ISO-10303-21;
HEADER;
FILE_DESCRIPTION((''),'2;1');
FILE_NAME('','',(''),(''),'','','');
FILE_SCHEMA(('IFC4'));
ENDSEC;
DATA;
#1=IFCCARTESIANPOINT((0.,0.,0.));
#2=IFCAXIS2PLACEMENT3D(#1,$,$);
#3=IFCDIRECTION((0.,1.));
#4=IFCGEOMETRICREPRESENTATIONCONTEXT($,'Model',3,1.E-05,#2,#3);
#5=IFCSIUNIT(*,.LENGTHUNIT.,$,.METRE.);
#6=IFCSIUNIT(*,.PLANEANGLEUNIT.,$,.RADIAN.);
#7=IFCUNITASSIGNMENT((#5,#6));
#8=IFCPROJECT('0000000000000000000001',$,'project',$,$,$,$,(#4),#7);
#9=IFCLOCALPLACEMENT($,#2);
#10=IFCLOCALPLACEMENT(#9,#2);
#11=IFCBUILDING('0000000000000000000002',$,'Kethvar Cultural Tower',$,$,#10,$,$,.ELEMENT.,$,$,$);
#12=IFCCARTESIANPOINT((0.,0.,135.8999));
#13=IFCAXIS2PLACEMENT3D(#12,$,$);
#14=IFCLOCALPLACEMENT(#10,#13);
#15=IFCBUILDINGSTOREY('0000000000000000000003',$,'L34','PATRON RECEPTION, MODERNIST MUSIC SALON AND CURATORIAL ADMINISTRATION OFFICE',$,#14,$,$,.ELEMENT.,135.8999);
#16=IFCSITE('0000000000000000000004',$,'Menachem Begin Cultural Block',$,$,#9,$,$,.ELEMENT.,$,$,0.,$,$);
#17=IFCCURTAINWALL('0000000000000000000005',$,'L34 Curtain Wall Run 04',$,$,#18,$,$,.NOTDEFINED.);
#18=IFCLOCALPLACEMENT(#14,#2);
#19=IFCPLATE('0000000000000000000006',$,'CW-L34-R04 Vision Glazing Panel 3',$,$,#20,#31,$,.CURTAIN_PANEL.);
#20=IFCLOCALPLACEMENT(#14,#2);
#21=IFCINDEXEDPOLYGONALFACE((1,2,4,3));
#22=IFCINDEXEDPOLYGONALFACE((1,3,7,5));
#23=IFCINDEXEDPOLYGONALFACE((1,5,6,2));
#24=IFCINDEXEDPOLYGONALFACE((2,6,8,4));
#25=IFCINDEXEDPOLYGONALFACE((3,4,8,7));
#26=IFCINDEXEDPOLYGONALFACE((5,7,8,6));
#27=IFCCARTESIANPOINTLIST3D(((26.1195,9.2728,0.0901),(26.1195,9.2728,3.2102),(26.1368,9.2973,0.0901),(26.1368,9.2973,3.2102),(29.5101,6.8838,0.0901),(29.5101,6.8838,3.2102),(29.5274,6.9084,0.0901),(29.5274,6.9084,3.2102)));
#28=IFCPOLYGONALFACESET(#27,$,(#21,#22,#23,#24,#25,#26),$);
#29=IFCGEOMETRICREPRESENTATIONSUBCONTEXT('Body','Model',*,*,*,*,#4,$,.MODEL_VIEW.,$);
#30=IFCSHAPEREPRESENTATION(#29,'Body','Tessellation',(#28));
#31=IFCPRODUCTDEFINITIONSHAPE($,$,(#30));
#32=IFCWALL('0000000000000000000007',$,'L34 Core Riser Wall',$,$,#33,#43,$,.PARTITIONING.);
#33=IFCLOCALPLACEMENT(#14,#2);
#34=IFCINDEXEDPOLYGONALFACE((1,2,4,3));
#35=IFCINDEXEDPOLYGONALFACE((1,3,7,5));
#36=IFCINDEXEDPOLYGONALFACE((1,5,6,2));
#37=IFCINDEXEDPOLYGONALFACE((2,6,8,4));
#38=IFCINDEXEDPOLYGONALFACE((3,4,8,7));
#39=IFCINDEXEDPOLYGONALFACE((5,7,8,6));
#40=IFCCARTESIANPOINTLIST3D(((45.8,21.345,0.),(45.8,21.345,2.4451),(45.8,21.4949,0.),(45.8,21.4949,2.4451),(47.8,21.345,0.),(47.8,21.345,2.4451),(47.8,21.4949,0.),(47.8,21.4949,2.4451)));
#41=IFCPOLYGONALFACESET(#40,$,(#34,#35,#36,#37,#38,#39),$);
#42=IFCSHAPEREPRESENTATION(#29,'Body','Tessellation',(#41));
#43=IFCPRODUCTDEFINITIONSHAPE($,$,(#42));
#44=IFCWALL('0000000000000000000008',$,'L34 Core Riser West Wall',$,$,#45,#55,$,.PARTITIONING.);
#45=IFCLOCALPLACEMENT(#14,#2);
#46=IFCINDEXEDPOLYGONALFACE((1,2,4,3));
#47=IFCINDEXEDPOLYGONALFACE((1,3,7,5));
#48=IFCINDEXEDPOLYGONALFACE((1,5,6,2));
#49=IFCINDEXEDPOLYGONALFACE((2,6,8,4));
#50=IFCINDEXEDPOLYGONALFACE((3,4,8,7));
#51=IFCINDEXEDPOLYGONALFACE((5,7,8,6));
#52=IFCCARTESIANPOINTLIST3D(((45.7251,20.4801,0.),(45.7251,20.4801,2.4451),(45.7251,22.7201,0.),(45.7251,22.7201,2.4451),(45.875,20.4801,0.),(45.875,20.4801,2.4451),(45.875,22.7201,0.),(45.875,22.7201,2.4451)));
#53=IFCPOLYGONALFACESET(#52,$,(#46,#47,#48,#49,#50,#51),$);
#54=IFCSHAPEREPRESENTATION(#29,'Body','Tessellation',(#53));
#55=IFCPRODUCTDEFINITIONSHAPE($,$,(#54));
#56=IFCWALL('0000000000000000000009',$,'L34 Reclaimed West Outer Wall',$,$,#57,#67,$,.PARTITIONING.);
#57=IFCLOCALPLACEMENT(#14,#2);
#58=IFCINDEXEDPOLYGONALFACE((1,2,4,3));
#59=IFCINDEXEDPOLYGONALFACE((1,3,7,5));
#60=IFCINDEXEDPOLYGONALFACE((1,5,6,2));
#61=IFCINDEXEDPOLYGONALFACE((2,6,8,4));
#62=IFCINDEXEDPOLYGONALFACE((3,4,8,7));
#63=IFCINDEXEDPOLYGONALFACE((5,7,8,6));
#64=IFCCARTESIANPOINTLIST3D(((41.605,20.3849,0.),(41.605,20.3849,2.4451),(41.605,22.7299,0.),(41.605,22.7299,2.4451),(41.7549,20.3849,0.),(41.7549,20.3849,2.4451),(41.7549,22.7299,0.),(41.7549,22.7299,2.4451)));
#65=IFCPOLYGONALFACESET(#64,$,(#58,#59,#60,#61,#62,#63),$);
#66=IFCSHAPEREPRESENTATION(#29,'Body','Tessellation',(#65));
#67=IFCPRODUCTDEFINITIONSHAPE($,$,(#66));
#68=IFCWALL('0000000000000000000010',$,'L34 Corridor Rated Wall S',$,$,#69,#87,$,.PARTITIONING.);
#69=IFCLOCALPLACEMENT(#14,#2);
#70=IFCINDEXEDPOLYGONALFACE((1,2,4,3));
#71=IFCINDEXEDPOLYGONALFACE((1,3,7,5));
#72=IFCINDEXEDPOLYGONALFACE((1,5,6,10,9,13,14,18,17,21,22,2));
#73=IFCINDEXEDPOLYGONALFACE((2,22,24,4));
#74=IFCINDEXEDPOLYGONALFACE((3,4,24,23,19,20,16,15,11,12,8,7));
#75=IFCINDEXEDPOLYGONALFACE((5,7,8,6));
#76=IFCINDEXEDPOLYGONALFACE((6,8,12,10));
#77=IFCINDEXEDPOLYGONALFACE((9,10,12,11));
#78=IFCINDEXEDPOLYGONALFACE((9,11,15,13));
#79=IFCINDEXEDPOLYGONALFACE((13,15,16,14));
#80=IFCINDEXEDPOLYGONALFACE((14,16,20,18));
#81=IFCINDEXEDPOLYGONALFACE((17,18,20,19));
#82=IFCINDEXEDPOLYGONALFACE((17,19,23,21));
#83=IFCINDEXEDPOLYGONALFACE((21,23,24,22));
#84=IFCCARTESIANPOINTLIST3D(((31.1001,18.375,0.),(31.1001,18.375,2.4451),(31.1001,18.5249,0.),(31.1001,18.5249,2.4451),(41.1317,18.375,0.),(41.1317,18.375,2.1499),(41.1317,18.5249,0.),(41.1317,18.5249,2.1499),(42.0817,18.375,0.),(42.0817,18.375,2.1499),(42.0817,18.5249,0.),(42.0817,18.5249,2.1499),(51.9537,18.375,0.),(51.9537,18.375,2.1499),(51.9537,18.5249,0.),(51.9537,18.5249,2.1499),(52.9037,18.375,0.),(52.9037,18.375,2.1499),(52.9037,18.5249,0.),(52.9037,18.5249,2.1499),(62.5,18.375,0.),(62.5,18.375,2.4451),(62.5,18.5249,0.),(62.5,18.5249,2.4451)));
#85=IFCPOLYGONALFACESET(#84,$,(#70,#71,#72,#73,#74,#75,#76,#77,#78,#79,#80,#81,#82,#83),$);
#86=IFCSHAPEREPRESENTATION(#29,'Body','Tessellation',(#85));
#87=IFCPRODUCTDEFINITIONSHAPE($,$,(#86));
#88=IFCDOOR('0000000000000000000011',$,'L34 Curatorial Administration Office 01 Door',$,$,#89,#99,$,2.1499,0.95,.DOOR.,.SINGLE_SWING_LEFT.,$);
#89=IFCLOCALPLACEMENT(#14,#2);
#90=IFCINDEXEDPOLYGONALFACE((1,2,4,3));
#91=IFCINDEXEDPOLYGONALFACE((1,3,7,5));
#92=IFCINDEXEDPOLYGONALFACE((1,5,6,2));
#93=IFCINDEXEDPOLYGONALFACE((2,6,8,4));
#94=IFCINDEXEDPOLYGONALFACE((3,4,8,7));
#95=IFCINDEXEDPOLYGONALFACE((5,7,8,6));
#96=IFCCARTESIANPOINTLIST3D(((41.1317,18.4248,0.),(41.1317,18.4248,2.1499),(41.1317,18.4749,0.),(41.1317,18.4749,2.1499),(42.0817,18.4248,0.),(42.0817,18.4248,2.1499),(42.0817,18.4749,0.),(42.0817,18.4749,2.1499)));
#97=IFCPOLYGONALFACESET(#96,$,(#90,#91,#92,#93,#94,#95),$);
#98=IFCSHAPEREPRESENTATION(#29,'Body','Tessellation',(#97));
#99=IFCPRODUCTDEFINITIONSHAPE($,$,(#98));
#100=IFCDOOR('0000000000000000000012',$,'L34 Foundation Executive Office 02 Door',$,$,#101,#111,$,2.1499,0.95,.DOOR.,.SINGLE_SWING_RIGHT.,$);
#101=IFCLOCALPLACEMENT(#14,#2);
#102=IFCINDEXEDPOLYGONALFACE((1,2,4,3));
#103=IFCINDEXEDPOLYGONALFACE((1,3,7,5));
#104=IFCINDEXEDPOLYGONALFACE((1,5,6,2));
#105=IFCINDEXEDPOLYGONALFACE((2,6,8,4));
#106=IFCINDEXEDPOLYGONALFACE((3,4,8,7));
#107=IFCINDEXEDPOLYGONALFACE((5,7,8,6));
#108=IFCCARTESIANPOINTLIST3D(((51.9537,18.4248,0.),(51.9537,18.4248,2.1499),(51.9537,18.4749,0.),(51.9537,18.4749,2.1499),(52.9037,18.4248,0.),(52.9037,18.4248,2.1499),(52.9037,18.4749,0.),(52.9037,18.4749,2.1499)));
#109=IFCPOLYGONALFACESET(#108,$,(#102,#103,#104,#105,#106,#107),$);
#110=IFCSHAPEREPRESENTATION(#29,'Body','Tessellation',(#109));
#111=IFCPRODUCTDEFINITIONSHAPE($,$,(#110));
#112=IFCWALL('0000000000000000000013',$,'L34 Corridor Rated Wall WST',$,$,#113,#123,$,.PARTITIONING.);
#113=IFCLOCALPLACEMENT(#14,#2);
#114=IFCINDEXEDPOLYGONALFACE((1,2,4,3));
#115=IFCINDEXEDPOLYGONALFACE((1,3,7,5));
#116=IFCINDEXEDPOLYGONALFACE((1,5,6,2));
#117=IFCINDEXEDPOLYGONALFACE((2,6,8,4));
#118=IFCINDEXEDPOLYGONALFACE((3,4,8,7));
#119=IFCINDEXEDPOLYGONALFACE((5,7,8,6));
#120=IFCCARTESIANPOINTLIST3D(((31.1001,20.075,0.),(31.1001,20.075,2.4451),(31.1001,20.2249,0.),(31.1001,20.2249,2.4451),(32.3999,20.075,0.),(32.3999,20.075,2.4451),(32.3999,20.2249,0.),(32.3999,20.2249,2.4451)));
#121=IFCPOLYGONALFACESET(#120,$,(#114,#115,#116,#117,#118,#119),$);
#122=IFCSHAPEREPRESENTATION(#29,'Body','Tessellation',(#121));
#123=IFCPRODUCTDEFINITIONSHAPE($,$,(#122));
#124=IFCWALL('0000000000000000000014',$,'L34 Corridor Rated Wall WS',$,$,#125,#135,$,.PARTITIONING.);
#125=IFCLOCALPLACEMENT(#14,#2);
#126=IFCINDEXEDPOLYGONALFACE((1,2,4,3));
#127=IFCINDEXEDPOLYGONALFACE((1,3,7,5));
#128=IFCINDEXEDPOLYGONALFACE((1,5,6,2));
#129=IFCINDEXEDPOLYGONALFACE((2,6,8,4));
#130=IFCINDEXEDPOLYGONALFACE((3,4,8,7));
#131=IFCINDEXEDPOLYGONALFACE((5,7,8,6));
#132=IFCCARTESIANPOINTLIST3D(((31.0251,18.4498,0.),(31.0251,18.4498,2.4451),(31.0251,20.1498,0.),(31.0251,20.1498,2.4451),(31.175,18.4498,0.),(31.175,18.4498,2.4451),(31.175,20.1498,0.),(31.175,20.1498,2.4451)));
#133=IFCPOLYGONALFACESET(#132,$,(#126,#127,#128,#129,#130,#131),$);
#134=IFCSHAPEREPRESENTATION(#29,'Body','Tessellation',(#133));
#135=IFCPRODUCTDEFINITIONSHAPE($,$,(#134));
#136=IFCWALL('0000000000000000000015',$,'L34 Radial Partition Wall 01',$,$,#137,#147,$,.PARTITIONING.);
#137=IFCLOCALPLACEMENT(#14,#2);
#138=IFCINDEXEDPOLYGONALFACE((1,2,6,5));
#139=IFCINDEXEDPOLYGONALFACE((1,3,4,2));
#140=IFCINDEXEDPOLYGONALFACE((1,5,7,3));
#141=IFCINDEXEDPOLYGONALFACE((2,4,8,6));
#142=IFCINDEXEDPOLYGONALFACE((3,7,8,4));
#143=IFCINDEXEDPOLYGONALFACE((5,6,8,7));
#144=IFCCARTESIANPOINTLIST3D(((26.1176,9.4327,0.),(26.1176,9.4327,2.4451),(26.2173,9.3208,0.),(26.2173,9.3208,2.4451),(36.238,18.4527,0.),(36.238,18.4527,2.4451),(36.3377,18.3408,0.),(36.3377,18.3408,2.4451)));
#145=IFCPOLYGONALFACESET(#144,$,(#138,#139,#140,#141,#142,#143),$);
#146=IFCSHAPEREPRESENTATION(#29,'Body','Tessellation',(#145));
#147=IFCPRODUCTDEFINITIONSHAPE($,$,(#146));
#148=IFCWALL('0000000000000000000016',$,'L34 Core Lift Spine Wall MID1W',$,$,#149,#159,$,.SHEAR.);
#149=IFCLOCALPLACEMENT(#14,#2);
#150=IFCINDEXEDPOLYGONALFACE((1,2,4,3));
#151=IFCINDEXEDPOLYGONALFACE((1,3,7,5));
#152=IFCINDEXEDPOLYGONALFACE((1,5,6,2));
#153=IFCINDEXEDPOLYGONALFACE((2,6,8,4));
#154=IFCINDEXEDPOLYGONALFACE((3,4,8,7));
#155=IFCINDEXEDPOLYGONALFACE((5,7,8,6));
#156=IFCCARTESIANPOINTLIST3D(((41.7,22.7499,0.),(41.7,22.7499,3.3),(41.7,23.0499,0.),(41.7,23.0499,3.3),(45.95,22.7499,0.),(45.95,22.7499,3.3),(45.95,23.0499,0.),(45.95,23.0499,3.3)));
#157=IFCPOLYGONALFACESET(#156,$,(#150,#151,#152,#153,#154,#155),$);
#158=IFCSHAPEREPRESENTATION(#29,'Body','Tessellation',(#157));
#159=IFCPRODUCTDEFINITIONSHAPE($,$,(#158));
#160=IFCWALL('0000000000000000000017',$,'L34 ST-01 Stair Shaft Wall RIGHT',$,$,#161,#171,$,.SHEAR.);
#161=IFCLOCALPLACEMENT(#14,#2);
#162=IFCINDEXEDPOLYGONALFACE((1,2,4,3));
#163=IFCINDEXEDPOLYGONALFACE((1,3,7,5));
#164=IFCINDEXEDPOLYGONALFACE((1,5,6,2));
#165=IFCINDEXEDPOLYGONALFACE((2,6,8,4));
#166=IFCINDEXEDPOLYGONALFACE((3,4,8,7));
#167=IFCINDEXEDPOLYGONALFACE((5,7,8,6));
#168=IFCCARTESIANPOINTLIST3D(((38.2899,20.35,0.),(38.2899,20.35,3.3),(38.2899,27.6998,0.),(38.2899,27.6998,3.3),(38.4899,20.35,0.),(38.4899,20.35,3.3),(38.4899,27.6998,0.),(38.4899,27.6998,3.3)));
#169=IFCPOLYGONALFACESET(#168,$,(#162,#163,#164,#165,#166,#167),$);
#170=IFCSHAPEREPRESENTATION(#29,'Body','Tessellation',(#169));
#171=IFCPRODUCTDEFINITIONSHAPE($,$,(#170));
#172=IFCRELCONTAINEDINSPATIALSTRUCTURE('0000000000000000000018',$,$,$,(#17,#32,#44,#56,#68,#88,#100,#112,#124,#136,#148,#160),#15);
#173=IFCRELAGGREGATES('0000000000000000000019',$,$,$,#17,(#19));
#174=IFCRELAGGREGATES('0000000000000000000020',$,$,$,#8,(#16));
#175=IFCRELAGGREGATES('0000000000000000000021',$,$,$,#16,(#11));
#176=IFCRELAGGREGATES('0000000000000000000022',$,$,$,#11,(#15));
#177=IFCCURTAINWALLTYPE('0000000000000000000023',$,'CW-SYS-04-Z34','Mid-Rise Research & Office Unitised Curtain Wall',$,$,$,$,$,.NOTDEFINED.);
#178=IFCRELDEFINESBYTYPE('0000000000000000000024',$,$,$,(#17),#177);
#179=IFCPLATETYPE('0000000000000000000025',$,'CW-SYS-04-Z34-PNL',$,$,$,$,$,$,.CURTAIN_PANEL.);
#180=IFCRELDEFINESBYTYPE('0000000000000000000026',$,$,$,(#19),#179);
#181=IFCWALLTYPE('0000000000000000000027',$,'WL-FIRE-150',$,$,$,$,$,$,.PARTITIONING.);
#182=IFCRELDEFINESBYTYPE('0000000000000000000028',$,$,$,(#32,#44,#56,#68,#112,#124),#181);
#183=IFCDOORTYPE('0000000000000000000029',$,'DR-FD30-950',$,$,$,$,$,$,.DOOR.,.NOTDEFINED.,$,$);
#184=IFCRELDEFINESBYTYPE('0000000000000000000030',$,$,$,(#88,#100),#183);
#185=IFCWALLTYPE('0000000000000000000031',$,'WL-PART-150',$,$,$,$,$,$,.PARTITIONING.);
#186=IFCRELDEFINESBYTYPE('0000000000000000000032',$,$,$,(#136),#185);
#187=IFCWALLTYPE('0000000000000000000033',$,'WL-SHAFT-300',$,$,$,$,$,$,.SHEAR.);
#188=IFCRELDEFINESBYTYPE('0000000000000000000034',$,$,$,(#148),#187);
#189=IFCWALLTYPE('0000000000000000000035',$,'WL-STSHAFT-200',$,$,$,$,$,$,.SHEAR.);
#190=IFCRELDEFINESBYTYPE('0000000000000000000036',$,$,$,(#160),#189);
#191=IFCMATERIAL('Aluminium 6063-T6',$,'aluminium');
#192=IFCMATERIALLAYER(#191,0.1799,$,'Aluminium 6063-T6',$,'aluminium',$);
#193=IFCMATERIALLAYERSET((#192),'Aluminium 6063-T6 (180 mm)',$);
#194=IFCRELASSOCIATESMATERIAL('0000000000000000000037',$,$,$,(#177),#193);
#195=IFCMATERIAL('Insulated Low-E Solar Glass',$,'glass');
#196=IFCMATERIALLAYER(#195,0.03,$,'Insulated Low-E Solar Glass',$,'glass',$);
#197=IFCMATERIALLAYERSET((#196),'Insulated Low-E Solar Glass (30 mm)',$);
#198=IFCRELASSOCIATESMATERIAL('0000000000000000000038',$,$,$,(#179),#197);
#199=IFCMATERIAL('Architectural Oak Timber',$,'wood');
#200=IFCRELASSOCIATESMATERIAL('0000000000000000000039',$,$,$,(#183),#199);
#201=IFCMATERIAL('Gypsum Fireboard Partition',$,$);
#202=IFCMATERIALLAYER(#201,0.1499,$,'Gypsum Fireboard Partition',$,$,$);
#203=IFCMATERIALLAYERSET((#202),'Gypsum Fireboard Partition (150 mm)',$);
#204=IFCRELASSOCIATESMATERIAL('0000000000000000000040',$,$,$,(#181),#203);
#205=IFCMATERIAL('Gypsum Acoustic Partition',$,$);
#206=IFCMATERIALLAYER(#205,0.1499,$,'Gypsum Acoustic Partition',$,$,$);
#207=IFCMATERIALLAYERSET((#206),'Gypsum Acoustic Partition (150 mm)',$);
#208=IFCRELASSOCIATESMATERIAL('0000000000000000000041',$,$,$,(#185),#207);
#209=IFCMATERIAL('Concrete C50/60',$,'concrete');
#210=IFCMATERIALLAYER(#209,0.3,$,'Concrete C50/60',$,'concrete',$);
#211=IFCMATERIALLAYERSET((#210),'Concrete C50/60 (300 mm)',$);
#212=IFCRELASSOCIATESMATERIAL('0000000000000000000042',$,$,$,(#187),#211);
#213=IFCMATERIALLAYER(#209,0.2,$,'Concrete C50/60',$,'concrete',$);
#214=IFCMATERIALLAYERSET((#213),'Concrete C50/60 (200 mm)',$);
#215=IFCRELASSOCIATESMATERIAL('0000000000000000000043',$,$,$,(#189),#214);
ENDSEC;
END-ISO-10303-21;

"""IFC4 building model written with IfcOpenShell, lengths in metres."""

from ifc_helpers import new_model, si_unit, direction, frame, frame_2d, origin, origin_2d, place, context, subcontext, project, spatial, rectangle, extrude, source, transform, mapped, material, layer, layer_set, type_object, element, fill, aggregate, save


model = new_model("IFC4")

# Units and contexts
model_context = context("Model", 3, precision=1e-05, world=origin(), true_north=direction((0.0, 1.0)))
body_context = subcontext(model_context, "Body", "Model", "MODEL_VIEW")
ifc_project = project(units=[si_unit("LENGTHUNIT", "METRE"), si_unit("PLANEANGLEUNIT", "RADIAN")], contexts=[model_context])

# Site, building, storey
site_placement = place(None, origin())
site = spatial("IfcSite", under=ifc_project, at=site_placement, Name="Menachem Begin Cultural Block", CompositionType="ELEMENT", RefElevation=0.0)
building_placement = place(site_placement, origin())
building = spatial("IfcBuilding", under=site, at=building_placement, Name="Kethvar Cultural Tower", CompositionType="ELEMENT")
storey_placement = place(building_placement, frame((0.0, 0.0, 135.8999)))
storey = spatial("IfcBuildingStorey", under=building, at=storey_placement, Name="L34", Description="PATRON RECEPTION, MODERNIST MUSIC SALON AND CURATORIAL ADMINISTRATION OFFICE", CompositionType="ELEMENT", Elevation=135.8999)

# Curtain wall, plate
ifc_material_1 = material(Name="Aluminium 6063-T6", Category="aluminium")
ifc_layer_1 = layer(ifc_material_1, 0.1799, Name="Aluminium 6063-T6", Category="aluminium")
ifc_layer_set_1 = layer_set([ifc_layer_1], Name="Aluminium 6063-T6 (180 mm)")
curtain_wall_type = type_object("IfcCurtainWallType", Name="CW-SYS-04-Z34", Description="Mid-Rise Research & Office Unitised Curtain Wall", PredefinedType="NOTDEFINED", material=ifc_layer_set_1)
curtain_wall_placement = place(storey_placement, origin())
curtain_wall = element("IfcCurtainWall", 1, at=curtain_wall_placement, inside=storey, type_object=curtain_wall_type, Name="L34 Curtain Wall Run 04", PredefinedType="NOTDEFINED")
ifc_material_2 = material(Name="Insulated Low-E Solar Glass", Category="glass")
ifc_layer_2 = layer(ifc_material_2, 0.03, Name="Insulated Low-E Solar Glass", Category="glass")
ifc_layer_set_2 = layer_set([ifc_layer_2], Name="Insulated Low-E Solar Glass (30 mm)")
plate_type = type_object("IfcPlateType", Name="CW-SYS-04-Z34-PNL", PredefinedType="CURTAIN_PANEL", material=ifc_layer_set_2)
shared_shape_1 = source(origin(), body_context, "Body", "SweptSolid", [
    extrude(rectangle(XDim=4.1477, YDim=0.03, at=origin_2d()), origin(), (0.0, 0.0, 1.0), 3.1201),
])
plate_placement = place(storey_placement, frame((27.8235, 8.0906, 0.0901), z_axis=(0.0, 0.0, 1.0), x_axis=(0.817467, -0.575976, 0.0)))
plate = element("IfcPlate", 2, at=plate_placement, type_object=plate_type, Name="CW-L34-R04 Vision Glazing Panel 3", PredefinedType="CURTAIN_PANEL", context=body_context, shape_type="MappedRepresentation", body=[
    mapped(shared_shape_1, transform((0.0, 0.0, 0.0), scale=1.0)),
])
aggregate(curtain_wall, [plate])

# Shared definitions
ifc_material_3 = material(Name="Architectural Oak Timber", Category="wood")
door_type_1 = type_object("IfcDoorType", Name="DR-FD30-950", OperationType="NOTDEFINED", PredefinedType="DOOR", material=ifc_material_3)
shared_shape_2 = source(origin(), body_context, "Body", "SweptSolid", [
    extrude(rectangle(XDim=0.95, YDim=2.1499, at=frame_2d((0.4751, 1.075))), frame((0.0, 0.0249, 0.0), z_axis=(0.0, -1.0, 0.0), x_axis=(1.0, 0.0, 0.0)), (0.0, 0.0, 1.0), 0.05),
])

# Walls
ifc_material_4 = material(Name="Gypsum Fireboard Partition")
ifc_layer_3 = layer(ifc_material_4, 0.1499, Name="Gypsum Fireboard Partition")
ifc_layer_set_3 = layer_set([ifc_layer_3], Name="Gypsum Fireboard Partition (150 mm)")
wall_type_1 = type_object("IfcWallType", Name="WL-FIRE-150", PredefinedType="PARTITIONING", material=ifc_layer_set_3)
wall_1_placement = place(storey_placement, frame((45.8, 21.4199, 0.0), z_axis=(0.0, 0.0, 1.0), x_axis=(1.0, 0.0, 0.0)))
element("IfcWall", 3, at=wall_1_placement, inside=storey, type_object=wall_type_1, Name="L34 Core Riser Wall", PredefinedType="PARTITIONING", context=body_context, shape_type="SweptSolid", body=[
    extrude(rectangle(XDim=2.0, YDim=0.1499, at=frame_2d((1.0, 0.0))), origin(), (0.0, 0.0, 1.0), 2.4451),
])
wall_2_placement = place(storey_placement, frame((45.8, 20.48, 0.0), z_axis=(0.0, 0.0, 1.0), x_axis=(0.0, 1.0, 0.0)))
element("IfcWall", 4, at=wall_2_placement, inside=storey, type_object=wall_type_1, Name="L34 Core Riser West Wall", PredefinedType="PARTITIONING", context=body_context, shape_type="SweptSolid", body=[
    extrude(rectangle(XDim=2.24, YDim=0.1499, at=frame_2d((1.1201, 0.0))), origin(), (0.0, 0.0, 1.0), 2.4451),
])
wall_3_placement = place(storey_placement, frame((41.6799, 20.385, 0.0), z_axis=(0.0, 0.0, 1.0), x_axis=(0.0, 1.0, 0.0)))
element("IfcWall", 5, at=wall_3_placement, inside=storey, type_object=wall_type_1, Name="L34 Reclaimed West Outer Wall", PredefinedType="PARTITIONING", context=body_context, shape_type="SweptSolid", body=[
    extrude(rectangle(XDim=2.345, YDim=0.1499, at=frame_2d((1.1724, 0.0))), origin(), (0.0, 0.0, 1.0), 2.4451),
])

# Wall, openings, doors
wall_4_placement = place(storey_placement, frame((31.1001, 18.45, 0.0), z_axis=(0.0, 0.0, 1.0), x_axis=(1.0, 0.0, 0.0)))
wall_4 = element("IfcWall", 6, at=wall_4_placement, inside=storey, type_object=wall_type_1, Name="L34 Corridor Rated Wall S", PredefinedType="PARTITIONING", context=body_context, shape_type="SweptSolid", body=[
    extrude(rectangle(XDim=31.3999, YDim=0.1499, at=frame_2d((15.7, 0.0))), origin(), (0.0, 0.0, 1.0), 2.4451),
])
opening_1_placement = place(wall_4_placement, frame((10.0315, 0.0, 0.0)))
opening_1 = element("IfcOpeningElement", 7, at=opening_1_placement, cuts=wall_4, PredefinedType="OPENING", context=body_context, shape_type="SweptSolid", body=[
    extrude(rectangle(XDim=0.95, YDim=2.1499, at=frame_2d((0.4751, 1.075))), frame((0.0, 0.085, 0.0), z_axis=(0.0, -1.0, 0.0), x_axis=(1.0, 0.0, 0.0)), (0.0, 0.0, 1.0), 0.1699),
])
opening_2_placement = place(wall_4_placement, frame((20.8535, 0.0, 0.0)))
opening_2 = element("IfcOpeningElement", 8, at=opening_2_placement, cuts=wall_4, PredefinedType="OPENING", context=body_context, shape_type="SweptSolid", body=[
    extrude(rectangle(XDim=0.95, YDim=2.1499, at=frame_2d((0.4751, 1.075))), frame((0.0, 0.085, 0.0), z_axis=(0.0, -1.0, 0.0), x_axis=(1.0, 0.0, 0.0)), (0.0, 0.0, 1.0), 0.1699),
])
door_1_placement = place(opening_1_placement, origin())
door_1 = element("IfcDoor", 9, at=door_1_placement, inside=storey, type_object=door_type_1, Name="L34 Curatorial Administration Office 01 Door", OperationType="SINGLE_SWING_LEFT", OverallHeight=2.1499, OverallWidth=0.95, PredefinedType="DOOR", context=body_context, shape_type="MappedRepresentation", body=[
    mapped(shared_shape_2, transform((0.0, 0.0, 0.0), scale=1.0)),
])
fill(opening_1, door_1)
door_2_placement = place(opening_2_placement, origin())
door_2 = element("IfcDoor", 10, at=door_2_placement, inside=storey, type_object=door_type_1, Name="L34 Foundation Executive Office 02 Door", OperationType="SINGLE_SWING_RIGHT", OverallHeight=2.1499, OverallWidth=0.95, PredefinedType="DOOR", context=body_context, shape_type="MappedRepresentation", body=[
    mapped(shared_shape_2, transform((0.0, 0.0, 0.0), scale=1.0)),
])
fill(opening_2, door_2)

# Walls
wall_5_placement = place(storey_placement, frame((32.3999, 20.1499, 0.0), z_axis=(0.0, 0.0, 1.0), x_axis=(-1.0, 0.0, 0.0)))
element("IfcWall", 11, at=wall_5_placement, inside=storey, type_object=wall_type_1, Name="L34 Corridor Rated Wall WST", PredefinedType="PARTITIONING", context=body_context, shape_type="SweptSolid", body=[
    extrude(rectangle(XDim=1.2998, YDim=0.1499, at=frame_2d((0.6499, 0.0))), origin(), (0.0, 0.0, 1.0), 2.4451),
])
wall_6_placement = place(storey_placement, frame((31.1001, 20.1499, 0.0), z_axis=(0.0, 0.0, 1.0), x_axis=(0.0, -1.0, 0.0)))
element("IfcWall", 12, at=wall_6_placement, inside=storey, type_object=wall_type_1, Name="L34 Corridor Rated Wall WS", PredefinedType="PARTITIONING", context=body_context, shape_type="SweptSolid", body=[
    extrude(rectangle(XDim=1.7, YDim=0.1499, at=frame_2d((0.8501, 0.0))), origin(), (0.0, 0.0, 1.0), 2.4451),
])
ifc_material_5 = material(Name="Gypsum Acoustic Partition")
ifc_layer_4 = layer(ifc_material_5, 0.1499, Name="Gypsum Acoustic Partition")
ifc_layer_set_4 = layer_set([ifc_layer_4], Name="Gypsum Acoustic Partition (150 mm)")
wall_type_2 = type_object("IfcWallType", Name="WL-PART-150", PredefinedType="PARTITIONING", material=ifc_layer_set_4)
wall_7_placement = place(storey_placement, frame((36.2878, 18.3967, 0.0), z_axis=(0.0, 0.0, 1.0), x_axis=(-0.746524, -0.665358, 0.0)))
element("IfcWall", 13, at=wall_7_placement, inside=storey, type_object=wall_type_2, Name="L34 Radial Partition Wall 01", PredefinedType="PARTITIONING", context=body_context, shape_type="SweptSolid", body=[
    extrude(rectangle(XDim=13.5566, YDim=0.1499, at=frame_2d((6.7783, 0.0))), origin(), (0.0, 0.0, 1.0), 2.4451),
])
ifc_material_6 = material(Name="Concrete C50/60", Category="concrete")
ifc_layer_5 = layer(ifc_material_6, 0.3, Name="Concrete C50/60", Category="concrete")
ifc_layer_set_5 = layer_set([ifc_layer_5], Name="Concrete C50/60 (300 mm)")
wall_type_3 = type_object("IfcWallType", Name="WL-SHAFT-300", PredefinedType="SHEAR", material=ifc_layer_set_5)
wall_8_placement = place(storey_placement, frame((41.7, 22.8999, 0.0), z_axis=(0.0, 0.0, 1.0), x_axis=(1.0, 0.0, 0.0)))
element("IfcWall", 14, at=wall_8_placement, inside=storey, type_object=wall_type_3, Name="L34 Core Lift Spine Wall MID1W", PredefinedType="SHEAR", context=body_context, shape_type="SweptSolid", body=[
    extrude(rectangle(XDim=4.25, YDim=0.3, at=frame_2d((2.125, 0.0))), origin(), (0.0, 0.0, 1.0), 3.3),
])
ifc_layer_6 = layer(ifc_material_6, 0.2, Name="Concrete C50/60", Category="concrete")
ifc_layer_set_6 = layer_set([ifc_layer_6], Name="Concrete C50/60 (200 mm)")
wall_type_4 = type_object("IfcWallType", Name="WL-STSHAFT-200", PredefinedType="SHEAR", material=ifc_layer_set_6)
wall_9_placement = place(storey_placement, frame((38.3899, 20.3501, 0.0), z_axis=(0.0, 0.0, 1.0), x_axis=(0.0, 1.0, 0.0)))
element("IfcWall", 15, at=wall_9_placement, inside=storey, type_object=wall_type_4, Name="L34 ST-01 Stair Shaft Wall RIGHT", PredefinedType="SHEAR", context=body_context, shape_type="SweptSolid", body=[
    extrude(rectangle(XDim=7.3499, YDim=0.2, at=frame_2d((3.6748, 0.0))), origin(), (0.0, 0.0, 1.0), 3.3),
])

save(model, "model.ifc")
